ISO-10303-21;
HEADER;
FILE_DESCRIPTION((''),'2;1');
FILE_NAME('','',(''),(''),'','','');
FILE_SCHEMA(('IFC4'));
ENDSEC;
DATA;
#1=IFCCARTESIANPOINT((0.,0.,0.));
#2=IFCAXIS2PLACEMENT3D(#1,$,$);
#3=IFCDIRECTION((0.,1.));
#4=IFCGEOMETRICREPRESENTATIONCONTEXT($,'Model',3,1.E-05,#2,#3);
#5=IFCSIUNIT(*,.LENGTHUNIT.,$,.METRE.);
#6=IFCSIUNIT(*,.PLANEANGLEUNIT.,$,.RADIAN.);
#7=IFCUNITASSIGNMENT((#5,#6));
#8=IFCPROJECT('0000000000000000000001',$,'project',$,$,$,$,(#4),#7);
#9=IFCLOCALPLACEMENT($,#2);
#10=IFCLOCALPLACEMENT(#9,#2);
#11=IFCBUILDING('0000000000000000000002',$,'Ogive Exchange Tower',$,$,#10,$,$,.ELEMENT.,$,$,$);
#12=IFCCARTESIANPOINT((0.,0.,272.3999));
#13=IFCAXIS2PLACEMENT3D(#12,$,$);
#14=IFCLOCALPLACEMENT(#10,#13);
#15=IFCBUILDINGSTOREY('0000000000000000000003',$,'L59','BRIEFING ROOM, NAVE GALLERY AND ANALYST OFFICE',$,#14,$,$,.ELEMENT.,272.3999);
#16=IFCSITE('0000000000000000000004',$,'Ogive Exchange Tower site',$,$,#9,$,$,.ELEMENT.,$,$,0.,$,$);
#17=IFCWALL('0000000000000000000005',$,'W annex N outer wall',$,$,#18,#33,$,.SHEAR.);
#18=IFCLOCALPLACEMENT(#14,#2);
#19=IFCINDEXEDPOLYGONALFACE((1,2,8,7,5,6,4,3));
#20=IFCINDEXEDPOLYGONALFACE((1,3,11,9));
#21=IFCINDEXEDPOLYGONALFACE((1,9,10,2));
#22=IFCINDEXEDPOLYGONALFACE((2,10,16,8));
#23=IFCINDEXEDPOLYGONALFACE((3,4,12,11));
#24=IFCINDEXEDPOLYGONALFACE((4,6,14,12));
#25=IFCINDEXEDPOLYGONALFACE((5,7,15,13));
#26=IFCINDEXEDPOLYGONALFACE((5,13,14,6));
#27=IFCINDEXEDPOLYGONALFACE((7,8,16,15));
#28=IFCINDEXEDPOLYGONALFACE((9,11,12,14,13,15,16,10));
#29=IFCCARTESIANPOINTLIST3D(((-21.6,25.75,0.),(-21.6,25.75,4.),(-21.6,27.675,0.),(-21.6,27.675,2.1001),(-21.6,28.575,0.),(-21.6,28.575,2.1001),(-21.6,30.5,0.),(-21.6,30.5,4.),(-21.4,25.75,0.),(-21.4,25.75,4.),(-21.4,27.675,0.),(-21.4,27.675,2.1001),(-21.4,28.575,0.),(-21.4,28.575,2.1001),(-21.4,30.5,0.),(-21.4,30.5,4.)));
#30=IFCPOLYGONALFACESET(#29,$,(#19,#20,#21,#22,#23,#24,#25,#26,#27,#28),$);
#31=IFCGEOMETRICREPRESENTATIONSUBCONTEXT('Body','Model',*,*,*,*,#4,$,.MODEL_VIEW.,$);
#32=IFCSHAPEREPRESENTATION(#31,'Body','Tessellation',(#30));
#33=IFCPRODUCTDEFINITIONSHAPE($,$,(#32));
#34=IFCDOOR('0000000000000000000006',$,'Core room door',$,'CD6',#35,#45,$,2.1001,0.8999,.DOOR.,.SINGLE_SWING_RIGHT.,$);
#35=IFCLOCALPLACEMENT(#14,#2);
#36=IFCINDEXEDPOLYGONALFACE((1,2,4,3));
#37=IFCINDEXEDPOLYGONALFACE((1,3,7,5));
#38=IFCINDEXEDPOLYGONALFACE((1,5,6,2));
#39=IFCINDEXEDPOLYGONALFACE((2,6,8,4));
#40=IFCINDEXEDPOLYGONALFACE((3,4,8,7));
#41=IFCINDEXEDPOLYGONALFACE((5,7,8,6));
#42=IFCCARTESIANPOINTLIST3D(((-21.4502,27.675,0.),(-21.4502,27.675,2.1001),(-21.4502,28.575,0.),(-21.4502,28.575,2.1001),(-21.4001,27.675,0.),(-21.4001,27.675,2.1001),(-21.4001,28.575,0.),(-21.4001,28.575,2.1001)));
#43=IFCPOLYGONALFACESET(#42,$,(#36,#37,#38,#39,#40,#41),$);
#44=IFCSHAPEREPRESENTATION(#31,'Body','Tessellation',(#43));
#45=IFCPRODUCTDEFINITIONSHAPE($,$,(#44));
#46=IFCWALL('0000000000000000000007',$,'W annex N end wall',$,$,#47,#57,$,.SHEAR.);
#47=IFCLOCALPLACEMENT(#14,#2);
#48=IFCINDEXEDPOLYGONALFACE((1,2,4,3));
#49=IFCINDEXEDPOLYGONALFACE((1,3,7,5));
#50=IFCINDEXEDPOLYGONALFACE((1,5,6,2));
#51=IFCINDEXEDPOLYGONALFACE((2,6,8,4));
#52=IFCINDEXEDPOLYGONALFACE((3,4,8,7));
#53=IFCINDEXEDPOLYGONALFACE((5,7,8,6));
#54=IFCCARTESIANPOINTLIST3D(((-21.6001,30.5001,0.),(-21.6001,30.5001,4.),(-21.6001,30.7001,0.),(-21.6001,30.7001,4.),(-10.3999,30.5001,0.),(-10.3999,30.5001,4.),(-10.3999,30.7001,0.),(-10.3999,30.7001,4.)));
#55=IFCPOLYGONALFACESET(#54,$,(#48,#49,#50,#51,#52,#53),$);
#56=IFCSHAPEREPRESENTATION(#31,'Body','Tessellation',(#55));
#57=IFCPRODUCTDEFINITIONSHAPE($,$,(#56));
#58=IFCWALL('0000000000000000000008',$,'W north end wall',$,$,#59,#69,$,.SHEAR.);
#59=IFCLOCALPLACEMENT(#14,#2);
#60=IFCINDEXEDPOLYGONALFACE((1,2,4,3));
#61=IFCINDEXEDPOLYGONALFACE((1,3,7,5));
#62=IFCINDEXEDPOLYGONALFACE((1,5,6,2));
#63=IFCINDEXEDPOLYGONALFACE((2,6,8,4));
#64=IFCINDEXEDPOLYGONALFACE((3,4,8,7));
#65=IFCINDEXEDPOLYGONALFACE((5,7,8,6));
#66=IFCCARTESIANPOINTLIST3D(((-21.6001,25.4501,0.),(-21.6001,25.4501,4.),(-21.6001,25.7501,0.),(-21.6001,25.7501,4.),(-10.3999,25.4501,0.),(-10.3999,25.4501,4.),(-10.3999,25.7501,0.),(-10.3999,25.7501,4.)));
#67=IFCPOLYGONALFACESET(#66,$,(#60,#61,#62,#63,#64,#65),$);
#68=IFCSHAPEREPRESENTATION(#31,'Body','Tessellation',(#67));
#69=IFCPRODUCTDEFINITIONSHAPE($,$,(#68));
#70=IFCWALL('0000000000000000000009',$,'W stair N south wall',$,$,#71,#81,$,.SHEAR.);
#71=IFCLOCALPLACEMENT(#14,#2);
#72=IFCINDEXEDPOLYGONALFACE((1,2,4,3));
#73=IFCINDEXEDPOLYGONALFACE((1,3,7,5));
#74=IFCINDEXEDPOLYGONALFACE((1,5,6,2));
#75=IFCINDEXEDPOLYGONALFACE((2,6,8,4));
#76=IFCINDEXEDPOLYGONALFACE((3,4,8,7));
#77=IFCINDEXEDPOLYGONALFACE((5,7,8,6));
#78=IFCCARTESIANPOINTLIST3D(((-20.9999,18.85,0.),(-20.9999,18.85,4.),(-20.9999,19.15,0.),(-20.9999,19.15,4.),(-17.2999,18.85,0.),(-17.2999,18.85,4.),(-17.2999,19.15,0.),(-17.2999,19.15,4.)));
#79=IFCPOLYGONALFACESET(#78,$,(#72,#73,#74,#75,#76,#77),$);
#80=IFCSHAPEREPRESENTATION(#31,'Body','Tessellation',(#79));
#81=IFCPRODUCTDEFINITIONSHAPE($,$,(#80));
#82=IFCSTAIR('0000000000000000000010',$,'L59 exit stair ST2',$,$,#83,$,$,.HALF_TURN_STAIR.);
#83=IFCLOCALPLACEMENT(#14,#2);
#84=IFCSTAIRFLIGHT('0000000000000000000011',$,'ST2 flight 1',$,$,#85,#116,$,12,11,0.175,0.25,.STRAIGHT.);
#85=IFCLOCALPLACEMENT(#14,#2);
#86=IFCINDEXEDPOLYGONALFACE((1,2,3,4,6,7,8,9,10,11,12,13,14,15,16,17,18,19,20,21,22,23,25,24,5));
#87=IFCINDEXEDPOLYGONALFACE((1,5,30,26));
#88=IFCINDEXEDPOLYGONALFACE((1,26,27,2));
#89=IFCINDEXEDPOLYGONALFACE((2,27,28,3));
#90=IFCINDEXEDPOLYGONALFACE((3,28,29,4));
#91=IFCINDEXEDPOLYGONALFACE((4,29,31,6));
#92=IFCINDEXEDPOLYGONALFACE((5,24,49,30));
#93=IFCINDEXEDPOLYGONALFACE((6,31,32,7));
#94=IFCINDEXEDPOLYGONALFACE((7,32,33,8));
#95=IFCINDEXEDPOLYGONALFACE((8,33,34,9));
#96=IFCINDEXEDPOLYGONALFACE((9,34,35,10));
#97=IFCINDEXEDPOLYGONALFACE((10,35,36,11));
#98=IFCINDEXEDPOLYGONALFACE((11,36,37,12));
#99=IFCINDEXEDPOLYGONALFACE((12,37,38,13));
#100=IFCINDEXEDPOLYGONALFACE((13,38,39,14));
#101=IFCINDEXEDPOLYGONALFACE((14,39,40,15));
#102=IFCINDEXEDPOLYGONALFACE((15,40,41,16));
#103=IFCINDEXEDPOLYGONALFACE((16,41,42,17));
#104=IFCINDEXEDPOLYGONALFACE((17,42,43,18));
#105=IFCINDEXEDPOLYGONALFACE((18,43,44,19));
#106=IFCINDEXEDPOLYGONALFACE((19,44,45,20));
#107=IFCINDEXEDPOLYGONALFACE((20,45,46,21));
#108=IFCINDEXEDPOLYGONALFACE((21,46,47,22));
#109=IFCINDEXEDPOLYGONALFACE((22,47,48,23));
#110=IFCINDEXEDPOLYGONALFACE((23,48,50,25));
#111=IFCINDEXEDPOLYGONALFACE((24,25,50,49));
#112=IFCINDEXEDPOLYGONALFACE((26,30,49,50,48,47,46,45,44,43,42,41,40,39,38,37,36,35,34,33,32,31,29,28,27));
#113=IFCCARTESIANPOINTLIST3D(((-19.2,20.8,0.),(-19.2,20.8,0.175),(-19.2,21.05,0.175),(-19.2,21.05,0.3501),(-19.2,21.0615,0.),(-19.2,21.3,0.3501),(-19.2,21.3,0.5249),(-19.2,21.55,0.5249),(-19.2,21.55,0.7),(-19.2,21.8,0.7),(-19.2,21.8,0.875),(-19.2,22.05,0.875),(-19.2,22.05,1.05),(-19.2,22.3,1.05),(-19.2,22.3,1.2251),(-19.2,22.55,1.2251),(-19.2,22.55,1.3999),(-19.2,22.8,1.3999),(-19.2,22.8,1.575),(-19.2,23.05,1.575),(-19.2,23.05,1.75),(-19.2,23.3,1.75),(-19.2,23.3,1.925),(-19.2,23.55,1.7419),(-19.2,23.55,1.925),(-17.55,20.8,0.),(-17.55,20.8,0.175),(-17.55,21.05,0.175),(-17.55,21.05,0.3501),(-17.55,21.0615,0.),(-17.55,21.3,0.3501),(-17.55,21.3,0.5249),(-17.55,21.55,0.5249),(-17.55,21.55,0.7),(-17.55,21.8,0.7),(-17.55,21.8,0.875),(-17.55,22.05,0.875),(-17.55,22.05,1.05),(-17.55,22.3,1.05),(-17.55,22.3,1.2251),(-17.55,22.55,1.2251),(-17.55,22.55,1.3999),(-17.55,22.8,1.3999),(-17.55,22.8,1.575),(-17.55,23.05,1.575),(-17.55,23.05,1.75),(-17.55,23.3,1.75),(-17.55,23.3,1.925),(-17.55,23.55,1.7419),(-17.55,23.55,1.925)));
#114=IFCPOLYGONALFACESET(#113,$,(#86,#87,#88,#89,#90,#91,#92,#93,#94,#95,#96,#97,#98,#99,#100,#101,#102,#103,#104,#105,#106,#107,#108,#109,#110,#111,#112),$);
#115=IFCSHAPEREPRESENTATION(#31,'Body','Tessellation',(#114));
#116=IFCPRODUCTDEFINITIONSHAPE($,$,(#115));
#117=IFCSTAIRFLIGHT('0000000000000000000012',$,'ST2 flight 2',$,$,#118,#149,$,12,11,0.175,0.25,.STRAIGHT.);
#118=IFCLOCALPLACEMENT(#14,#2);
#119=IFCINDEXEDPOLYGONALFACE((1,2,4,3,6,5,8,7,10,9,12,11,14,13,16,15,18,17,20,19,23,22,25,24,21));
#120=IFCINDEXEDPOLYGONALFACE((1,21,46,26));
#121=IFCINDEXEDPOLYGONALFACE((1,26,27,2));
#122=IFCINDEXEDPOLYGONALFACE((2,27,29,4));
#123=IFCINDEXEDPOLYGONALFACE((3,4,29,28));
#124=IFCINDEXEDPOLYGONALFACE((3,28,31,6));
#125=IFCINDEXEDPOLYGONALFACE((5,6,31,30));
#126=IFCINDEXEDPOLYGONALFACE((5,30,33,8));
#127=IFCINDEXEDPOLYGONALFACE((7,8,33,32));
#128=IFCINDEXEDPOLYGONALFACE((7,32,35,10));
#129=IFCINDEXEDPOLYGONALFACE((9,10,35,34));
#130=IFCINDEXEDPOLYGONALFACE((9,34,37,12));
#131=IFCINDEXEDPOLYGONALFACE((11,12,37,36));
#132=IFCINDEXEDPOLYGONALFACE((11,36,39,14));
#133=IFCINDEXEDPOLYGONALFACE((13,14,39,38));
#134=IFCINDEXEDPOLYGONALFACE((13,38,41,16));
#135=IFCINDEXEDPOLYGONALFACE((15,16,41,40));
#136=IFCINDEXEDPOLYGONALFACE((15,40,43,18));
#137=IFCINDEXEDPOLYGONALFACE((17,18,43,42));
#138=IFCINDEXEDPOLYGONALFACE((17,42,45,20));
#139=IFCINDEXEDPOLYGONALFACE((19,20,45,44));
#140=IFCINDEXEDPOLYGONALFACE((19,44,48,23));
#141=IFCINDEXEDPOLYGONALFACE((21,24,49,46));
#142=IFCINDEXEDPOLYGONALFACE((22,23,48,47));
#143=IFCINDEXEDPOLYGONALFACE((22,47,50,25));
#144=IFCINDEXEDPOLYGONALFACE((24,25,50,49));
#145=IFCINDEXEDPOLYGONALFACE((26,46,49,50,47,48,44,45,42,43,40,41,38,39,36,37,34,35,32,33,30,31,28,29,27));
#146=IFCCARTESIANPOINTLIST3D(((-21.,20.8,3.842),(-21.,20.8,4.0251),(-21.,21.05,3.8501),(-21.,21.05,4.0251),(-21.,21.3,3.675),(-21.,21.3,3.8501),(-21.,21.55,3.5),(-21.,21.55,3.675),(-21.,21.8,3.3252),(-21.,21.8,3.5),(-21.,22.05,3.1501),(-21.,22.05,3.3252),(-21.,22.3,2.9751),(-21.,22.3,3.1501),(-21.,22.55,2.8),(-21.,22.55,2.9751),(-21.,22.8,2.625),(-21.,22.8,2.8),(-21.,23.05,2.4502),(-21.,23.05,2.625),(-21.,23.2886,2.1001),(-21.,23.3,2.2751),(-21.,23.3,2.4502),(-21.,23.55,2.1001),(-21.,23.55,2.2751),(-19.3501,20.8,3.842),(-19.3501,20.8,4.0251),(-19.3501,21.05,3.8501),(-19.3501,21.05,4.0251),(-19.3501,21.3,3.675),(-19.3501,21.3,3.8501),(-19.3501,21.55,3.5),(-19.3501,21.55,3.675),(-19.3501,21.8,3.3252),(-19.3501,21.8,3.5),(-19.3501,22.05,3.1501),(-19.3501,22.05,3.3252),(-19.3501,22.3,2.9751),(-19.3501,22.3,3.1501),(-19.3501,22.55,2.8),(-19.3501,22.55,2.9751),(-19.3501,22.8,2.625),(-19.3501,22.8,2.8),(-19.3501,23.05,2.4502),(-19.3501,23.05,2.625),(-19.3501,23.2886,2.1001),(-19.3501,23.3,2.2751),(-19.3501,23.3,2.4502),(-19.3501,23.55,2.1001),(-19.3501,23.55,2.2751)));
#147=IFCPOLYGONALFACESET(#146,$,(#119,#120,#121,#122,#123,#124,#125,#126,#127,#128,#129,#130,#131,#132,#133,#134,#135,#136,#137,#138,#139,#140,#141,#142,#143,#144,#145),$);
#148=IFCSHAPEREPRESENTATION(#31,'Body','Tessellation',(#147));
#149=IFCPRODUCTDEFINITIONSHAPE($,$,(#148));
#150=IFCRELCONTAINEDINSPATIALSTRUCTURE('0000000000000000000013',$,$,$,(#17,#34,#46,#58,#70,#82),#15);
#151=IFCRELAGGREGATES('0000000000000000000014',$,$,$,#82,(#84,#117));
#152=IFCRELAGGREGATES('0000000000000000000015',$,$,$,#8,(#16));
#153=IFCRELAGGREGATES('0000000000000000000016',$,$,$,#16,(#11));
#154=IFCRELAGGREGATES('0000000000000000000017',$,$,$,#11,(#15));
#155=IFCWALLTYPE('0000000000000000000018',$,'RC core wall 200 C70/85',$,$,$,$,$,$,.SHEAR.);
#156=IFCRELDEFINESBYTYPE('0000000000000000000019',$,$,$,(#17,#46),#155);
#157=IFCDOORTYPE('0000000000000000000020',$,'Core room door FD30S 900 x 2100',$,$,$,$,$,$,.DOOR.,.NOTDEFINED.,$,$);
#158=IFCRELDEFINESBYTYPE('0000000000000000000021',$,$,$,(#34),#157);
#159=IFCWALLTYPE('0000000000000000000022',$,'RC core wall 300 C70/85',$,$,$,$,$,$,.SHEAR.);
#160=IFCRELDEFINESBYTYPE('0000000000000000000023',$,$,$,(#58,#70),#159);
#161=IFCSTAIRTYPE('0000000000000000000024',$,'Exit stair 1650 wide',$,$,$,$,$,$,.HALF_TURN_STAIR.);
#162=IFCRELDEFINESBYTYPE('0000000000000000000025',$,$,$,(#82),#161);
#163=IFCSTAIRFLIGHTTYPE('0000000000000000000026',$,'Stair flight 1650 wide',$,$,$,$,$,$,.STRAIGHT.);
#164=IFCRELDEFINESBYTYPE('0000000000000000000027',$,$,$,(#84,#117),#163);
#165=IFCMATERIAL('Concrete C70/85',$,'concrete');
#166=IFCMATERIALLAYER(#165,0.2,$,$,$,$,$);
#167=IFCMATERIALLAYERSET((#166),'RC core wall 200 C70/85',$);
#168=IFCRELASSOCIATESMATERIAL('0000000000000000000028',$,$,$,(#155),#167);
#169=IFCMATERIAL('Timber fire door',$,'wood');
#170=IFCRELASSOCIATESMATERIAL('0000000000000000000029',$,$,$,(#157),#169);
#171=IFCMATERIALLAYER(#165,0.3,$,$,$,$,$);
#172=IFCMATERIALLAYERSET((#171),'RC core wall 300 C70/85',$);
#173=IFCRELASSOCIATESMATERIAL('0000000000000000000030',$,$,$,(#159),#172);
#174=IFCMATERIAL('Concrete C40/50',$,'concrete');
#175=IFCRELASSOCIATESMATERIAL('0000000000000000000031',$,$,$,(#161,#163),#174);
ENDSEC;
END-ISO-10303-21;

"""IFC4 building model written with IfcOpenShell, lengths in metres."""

from ifc_helpers import new_model, si_unit, direction, frame, frame_2d, origin, place, context, subcontext, project, spatial, polyline, rectangle, outline, extrude, material, layer, layer_set, type_object, element, fill, aggregate, save


model = new_model("IFC4")

# Units and contexts
model_context = context("Model", 3, precision=1e-05, world=origin(), true_north=direction((0.0, 1.0)))
body_context = subcontext(model_context, "Body", "Model", "MODEL_VIEW")
ifc_project = project(units=[si_unit("LENGTHUNIT", "METRE"), si_unit("PLANEANGLEUNIT", "RADIAN")], contexts=[model_context])

# Site, building, storey
site_placement = place(None, origin())
site = spatial("IfcSite", under=ifc_project, at=site_placement, Name="Ogive Exchange Tower site", CompositionType="ELEMENT", RefElevation=0.0)
building_placement = place(site_placement, origin())
building = spatial("IfcBuilding", under=site, at=building_placement, Name="Ogive Exchange Tower", CompositionType="ELEMENT")
storey_placement = place(building_placement, frame((0.0, 0.0, 272.3999)))
storey = spatial("IfcBuildingStorey", under=building, at=storey_placement, Name="L59", Description="BRIEFING ROOM, NAVE GALLERY AND ANALYST OFFICE", CompositionType="ELEMENT", Elevation=272.3999)

# Wall, opening, door
ifc_material_1 = material(Name="Concrete C70/85", Category="concrete")
ifc_layer_1 = layer(ifc_material_1, 0.2)
ifc_layer_set_1 = layer_set([ifc_layer_1], Name="RC core wall 200 C70/85")
wall_type_1 = type_object("IfcWallType", Name="RC core wall 200 C70/85", PredefinedType="SHEAR", material=ifc_layer_set_1)
wall_1_placement = place(storey_placement, frame((-21.5, 25.75, 0.0), z_axis=(0.0, 0.0, 1.0), x_axis=(0.0, 1.0, 0.0)))
wall_1 = element("IfcWall", 1, at=wall_1_placement, inside=storey, type_object=wall_type_1, Name="W annex N outer wall", PredefinedType="SHEAR", context=body_context, shape_type="SweptSolid", body=[
    extrude(rectangle(XDim=4.75, YDim=0.2, at=frame_2d((2.375, 0.0))), origin(), (0.0, 0.0, 1.0), 4.0),
])
opening_placement = place(wall_1_placement, frame((1.925, 0.0, 0.0)))
opening = element("IfcOpeningElement", 2, at=opening_placement, cuts=wall_1, PredefinedType="OPENING", context=body_context, shape_type="SweptSolid", body=[
    extrude(rectangle(XDim=0.8999, YDim=2.1001, at=frame_2d((0.45, 1.05))), frame((0.0, 0.1099, 0.0), z_axis=(0.0, -1.0, 0.0), x_axis=(1.0, 0.0, 0.0)), (0.0, 0.0, 1.0), 0.22),
])
ifc_material_2 = material(Name="Timber fire door", Category="wood")
door_type = type_object("IfcDoorType", Name="Core room door FD30S 900 x 2100", OperationType="NOTDEFINED", PredefinedType="DOOR", material=ifc_material_2)
door_placement = place(opening_placement, origin())
door = element("IfcDoor", 3, at=door_placement, inside=storey, type_object=door_type, Name="Core room door", ObjectType="CD6", OperationType="SINGLE_SWING_RIGHT", OverallHeight=2.1001, OverallWidth=0.8999, PredefinedType="DOOR", context=body_context, shape_type="SweptSolid", body=[
    extrude(rectangle(XDim=0.8999, YDim=2.1001, at=frame_2d((0.45, 1.05))), frame((0.0, -0.0498, 0.0), z_axis=(0.0, -1.0, 0.0), x_axis=(1.0, 0.0, 0.0)), (0.0, 0.0, 1.0), 0.05),
])
fill(opening, door)

# Walls
wall_2_placement = place(storey_placement, frame((-21.6001, 30.6001, 0.0), z_axis=(0.0, 0.0, 1.0), x_axis=(1.0, 0.0, 0.0)))
element("IfcWall", 4, at=wall_2_placement, inside=storey, type_object=wall_type_1, Name="W annex N end wall", PredefinedType="SHEAR", context=body_context, shape_type="SweptSolid", body=[
    extrude(rectangle(XDim=11.2002, YDim=0.2, at=frame_2d((5.6001, 0.0))), origin(), (0.0, 0.0, 1.0), 4.0),
])
ifc_layer_2 = layer(ifc_material_1, 0.3)
ifc_layer_set_2 = layer_set([ifc_layer_2], Name="RC core wall 300 C70/85")
wall_type_2 = type_object("IfcWallType", Name="RC core wall 300 C70/85", PredefinedType="SHEAR", material=ifc_layer_set_2)
wall_3_placement = place(storey_placement, frame((-21.6001, 25.6001, 0.0), z_axis=(0.0, 0.0, 1.0), x_axis=(1.0, 0.0, 0.0)))
element("IfcWall", 5, at=wall_3_placement, inside=storey, type_object=wall_type_2, Name="W north end wall", PredefinedType="SHEAR", context=body_context, shape_type="SweptSolid", body=[
    extrude(rectangle(XDim=11.2002, YDim=0.3, at=frame_2d((5.6001, 0.0))), origin(), (0.0, 0.0, 1.0), 4.0),
])
wall_4_placement = place(storey_placement, frame((-21.0, 19.0, 0.0), z_axis=(0.0, 0.0, 1.0), x_axis=(1.0, 0.0, 0.0)))
element("IfcWall", 6, at=wall_4_placement, inside=storey, type_object=wall_type_2, Name="W stair N south wall", PredefinedType="SHEAR", context=body_context, shape_type="SweptSolid", body=[
    extrude(rectangle(XDim=3.7, YDim=0.3, at=frame_2d((1.8501, 0.0))), origin(), (0.0, 0.0, 1.0), 4.0),
])

# Stair, stair flights
ifc_material_3 = material(Name="Concrete C40/50", Category="concrete")
stair_type = type_object("IfcStairType", Name="Exit stair 1650 wide", PredefinedType="HALF_TURN_STAIR", material=ifc_material_3)
stair_placement = place(storey_placement, origin())
stair = element("IfcStair", 7, at=stair_placement, inside=storey, type_object=stair_type, Name="L59 exit stair ST2", PredefinedType="HALF_TURN_STAIR")
stair_flight_type = type_object("IfcStairFlightType", Name="Stair flight 1650 wide", PredefinedType="STRAIGHT", material=ifc_material_3)
stair_flight_1_placement = place(storey_placement, frame((-18.375, 20.8, 0.0), z_axis=(0.0, 0.0, 1.0), x_axis=(0.0, 1.0, 0.0)))
stair_flight_1 = element("IfcStairFlight", 8, at=stair_flight_1_placement, type_object=stair_flight_type, Name="ST2 flight 1", NumberOfRisers=12, NumberOfTreads=11, PredefinedType="STRAIGHT", RiserHeight=0.175, TreadLength=0.25, context=body_context, shape_type="SweptSolid", body=[
    extrude(outline(polyline([(0.0, 0.0), (0.0, 0.175), (0.25, 0.175), (0.25, 0.3501), (0.5, 0.3501), (0.5, 0.5249), (0.75, 0.5249), (0.75, 0.7), (1.0, 0.7), (1.0, 0.875), (1.25, 0.875), (1.25, 1.05), (1.5, 1.05), (1.5, 1.2251), (1.75, 1.2251), (1.75, 1.3999), (2.0, 1.3999), (2.0, 1.575), (2.25, 1.575), (2.25, 1.75), (2.5, 1.75), (2.5, 1.925), (2.75, 1.925), (2.75, 2.1001), (2.75, 1.7419), (0.2615, 0.0), (0.0, 0.0)])), frame((0.0, 0.825, 0.0), z_axis=(0.0, -1.0, 0.0), x_axis=(1.0, 0.0, 0.0)), (0.0, 0.0, 1.0), 1.6499),
])
stair_flight_2_placement = place(storey_placement, frame((-20.175, 23.55, 2.1001), z_axis=(0.0, 0.0, 1.0), x_axis=(0.0, -1.0, 0.0)))
stair_flight_2 = element("IfcStairFlight", 9, at=stair_flight_2_placement, type_object=stair_flight_type, Name="ST2 flight 2", NumberOfRisers=12, NumberOfTreads=11, PredefinedType="STRAIGHT", RiserHeight=0.175, TreadLength=0.25, context=body_context, shape_type="SweptSolid", body=[
    extrude(outline(polyline([(0.0, 0.0), (0.0, 0.175), (0.25, 0.175), (0.25, 0.3501), (0.5, 0.3501), (0.5, 0.5249), (0.75, 0.5249), (0.75, 0.7), (1.0, 0.7), (1.0, 0.875), (1.25, 0.875), (1.25, 1.05), (1.5, 1.05), (1.5, 1.2251), (1.75, 1.2251), (1.75, 1.3999), (2.0, 1.3999), (2.0, 1.575), (2.25, 1.575), (2.25, 1.75), (2.5, 1.75), (2.5, 1.925), (2.75, 1.925), (2.75, 2.1001), (2.75, 1.7419), (0.2615, 0.0), (0.0, 0.0)])), frame((0.0, 0.825, 0.0), z_axis=(0.0, -1.0, 0.0), x_axis=(1.0, 0.0, 0.0)), (0.0, 0.0, 1.0), 1.6499),
])
aggregate(stair, [stair_flight_1, stair_flight_2])

save(model, "model.ifc")
